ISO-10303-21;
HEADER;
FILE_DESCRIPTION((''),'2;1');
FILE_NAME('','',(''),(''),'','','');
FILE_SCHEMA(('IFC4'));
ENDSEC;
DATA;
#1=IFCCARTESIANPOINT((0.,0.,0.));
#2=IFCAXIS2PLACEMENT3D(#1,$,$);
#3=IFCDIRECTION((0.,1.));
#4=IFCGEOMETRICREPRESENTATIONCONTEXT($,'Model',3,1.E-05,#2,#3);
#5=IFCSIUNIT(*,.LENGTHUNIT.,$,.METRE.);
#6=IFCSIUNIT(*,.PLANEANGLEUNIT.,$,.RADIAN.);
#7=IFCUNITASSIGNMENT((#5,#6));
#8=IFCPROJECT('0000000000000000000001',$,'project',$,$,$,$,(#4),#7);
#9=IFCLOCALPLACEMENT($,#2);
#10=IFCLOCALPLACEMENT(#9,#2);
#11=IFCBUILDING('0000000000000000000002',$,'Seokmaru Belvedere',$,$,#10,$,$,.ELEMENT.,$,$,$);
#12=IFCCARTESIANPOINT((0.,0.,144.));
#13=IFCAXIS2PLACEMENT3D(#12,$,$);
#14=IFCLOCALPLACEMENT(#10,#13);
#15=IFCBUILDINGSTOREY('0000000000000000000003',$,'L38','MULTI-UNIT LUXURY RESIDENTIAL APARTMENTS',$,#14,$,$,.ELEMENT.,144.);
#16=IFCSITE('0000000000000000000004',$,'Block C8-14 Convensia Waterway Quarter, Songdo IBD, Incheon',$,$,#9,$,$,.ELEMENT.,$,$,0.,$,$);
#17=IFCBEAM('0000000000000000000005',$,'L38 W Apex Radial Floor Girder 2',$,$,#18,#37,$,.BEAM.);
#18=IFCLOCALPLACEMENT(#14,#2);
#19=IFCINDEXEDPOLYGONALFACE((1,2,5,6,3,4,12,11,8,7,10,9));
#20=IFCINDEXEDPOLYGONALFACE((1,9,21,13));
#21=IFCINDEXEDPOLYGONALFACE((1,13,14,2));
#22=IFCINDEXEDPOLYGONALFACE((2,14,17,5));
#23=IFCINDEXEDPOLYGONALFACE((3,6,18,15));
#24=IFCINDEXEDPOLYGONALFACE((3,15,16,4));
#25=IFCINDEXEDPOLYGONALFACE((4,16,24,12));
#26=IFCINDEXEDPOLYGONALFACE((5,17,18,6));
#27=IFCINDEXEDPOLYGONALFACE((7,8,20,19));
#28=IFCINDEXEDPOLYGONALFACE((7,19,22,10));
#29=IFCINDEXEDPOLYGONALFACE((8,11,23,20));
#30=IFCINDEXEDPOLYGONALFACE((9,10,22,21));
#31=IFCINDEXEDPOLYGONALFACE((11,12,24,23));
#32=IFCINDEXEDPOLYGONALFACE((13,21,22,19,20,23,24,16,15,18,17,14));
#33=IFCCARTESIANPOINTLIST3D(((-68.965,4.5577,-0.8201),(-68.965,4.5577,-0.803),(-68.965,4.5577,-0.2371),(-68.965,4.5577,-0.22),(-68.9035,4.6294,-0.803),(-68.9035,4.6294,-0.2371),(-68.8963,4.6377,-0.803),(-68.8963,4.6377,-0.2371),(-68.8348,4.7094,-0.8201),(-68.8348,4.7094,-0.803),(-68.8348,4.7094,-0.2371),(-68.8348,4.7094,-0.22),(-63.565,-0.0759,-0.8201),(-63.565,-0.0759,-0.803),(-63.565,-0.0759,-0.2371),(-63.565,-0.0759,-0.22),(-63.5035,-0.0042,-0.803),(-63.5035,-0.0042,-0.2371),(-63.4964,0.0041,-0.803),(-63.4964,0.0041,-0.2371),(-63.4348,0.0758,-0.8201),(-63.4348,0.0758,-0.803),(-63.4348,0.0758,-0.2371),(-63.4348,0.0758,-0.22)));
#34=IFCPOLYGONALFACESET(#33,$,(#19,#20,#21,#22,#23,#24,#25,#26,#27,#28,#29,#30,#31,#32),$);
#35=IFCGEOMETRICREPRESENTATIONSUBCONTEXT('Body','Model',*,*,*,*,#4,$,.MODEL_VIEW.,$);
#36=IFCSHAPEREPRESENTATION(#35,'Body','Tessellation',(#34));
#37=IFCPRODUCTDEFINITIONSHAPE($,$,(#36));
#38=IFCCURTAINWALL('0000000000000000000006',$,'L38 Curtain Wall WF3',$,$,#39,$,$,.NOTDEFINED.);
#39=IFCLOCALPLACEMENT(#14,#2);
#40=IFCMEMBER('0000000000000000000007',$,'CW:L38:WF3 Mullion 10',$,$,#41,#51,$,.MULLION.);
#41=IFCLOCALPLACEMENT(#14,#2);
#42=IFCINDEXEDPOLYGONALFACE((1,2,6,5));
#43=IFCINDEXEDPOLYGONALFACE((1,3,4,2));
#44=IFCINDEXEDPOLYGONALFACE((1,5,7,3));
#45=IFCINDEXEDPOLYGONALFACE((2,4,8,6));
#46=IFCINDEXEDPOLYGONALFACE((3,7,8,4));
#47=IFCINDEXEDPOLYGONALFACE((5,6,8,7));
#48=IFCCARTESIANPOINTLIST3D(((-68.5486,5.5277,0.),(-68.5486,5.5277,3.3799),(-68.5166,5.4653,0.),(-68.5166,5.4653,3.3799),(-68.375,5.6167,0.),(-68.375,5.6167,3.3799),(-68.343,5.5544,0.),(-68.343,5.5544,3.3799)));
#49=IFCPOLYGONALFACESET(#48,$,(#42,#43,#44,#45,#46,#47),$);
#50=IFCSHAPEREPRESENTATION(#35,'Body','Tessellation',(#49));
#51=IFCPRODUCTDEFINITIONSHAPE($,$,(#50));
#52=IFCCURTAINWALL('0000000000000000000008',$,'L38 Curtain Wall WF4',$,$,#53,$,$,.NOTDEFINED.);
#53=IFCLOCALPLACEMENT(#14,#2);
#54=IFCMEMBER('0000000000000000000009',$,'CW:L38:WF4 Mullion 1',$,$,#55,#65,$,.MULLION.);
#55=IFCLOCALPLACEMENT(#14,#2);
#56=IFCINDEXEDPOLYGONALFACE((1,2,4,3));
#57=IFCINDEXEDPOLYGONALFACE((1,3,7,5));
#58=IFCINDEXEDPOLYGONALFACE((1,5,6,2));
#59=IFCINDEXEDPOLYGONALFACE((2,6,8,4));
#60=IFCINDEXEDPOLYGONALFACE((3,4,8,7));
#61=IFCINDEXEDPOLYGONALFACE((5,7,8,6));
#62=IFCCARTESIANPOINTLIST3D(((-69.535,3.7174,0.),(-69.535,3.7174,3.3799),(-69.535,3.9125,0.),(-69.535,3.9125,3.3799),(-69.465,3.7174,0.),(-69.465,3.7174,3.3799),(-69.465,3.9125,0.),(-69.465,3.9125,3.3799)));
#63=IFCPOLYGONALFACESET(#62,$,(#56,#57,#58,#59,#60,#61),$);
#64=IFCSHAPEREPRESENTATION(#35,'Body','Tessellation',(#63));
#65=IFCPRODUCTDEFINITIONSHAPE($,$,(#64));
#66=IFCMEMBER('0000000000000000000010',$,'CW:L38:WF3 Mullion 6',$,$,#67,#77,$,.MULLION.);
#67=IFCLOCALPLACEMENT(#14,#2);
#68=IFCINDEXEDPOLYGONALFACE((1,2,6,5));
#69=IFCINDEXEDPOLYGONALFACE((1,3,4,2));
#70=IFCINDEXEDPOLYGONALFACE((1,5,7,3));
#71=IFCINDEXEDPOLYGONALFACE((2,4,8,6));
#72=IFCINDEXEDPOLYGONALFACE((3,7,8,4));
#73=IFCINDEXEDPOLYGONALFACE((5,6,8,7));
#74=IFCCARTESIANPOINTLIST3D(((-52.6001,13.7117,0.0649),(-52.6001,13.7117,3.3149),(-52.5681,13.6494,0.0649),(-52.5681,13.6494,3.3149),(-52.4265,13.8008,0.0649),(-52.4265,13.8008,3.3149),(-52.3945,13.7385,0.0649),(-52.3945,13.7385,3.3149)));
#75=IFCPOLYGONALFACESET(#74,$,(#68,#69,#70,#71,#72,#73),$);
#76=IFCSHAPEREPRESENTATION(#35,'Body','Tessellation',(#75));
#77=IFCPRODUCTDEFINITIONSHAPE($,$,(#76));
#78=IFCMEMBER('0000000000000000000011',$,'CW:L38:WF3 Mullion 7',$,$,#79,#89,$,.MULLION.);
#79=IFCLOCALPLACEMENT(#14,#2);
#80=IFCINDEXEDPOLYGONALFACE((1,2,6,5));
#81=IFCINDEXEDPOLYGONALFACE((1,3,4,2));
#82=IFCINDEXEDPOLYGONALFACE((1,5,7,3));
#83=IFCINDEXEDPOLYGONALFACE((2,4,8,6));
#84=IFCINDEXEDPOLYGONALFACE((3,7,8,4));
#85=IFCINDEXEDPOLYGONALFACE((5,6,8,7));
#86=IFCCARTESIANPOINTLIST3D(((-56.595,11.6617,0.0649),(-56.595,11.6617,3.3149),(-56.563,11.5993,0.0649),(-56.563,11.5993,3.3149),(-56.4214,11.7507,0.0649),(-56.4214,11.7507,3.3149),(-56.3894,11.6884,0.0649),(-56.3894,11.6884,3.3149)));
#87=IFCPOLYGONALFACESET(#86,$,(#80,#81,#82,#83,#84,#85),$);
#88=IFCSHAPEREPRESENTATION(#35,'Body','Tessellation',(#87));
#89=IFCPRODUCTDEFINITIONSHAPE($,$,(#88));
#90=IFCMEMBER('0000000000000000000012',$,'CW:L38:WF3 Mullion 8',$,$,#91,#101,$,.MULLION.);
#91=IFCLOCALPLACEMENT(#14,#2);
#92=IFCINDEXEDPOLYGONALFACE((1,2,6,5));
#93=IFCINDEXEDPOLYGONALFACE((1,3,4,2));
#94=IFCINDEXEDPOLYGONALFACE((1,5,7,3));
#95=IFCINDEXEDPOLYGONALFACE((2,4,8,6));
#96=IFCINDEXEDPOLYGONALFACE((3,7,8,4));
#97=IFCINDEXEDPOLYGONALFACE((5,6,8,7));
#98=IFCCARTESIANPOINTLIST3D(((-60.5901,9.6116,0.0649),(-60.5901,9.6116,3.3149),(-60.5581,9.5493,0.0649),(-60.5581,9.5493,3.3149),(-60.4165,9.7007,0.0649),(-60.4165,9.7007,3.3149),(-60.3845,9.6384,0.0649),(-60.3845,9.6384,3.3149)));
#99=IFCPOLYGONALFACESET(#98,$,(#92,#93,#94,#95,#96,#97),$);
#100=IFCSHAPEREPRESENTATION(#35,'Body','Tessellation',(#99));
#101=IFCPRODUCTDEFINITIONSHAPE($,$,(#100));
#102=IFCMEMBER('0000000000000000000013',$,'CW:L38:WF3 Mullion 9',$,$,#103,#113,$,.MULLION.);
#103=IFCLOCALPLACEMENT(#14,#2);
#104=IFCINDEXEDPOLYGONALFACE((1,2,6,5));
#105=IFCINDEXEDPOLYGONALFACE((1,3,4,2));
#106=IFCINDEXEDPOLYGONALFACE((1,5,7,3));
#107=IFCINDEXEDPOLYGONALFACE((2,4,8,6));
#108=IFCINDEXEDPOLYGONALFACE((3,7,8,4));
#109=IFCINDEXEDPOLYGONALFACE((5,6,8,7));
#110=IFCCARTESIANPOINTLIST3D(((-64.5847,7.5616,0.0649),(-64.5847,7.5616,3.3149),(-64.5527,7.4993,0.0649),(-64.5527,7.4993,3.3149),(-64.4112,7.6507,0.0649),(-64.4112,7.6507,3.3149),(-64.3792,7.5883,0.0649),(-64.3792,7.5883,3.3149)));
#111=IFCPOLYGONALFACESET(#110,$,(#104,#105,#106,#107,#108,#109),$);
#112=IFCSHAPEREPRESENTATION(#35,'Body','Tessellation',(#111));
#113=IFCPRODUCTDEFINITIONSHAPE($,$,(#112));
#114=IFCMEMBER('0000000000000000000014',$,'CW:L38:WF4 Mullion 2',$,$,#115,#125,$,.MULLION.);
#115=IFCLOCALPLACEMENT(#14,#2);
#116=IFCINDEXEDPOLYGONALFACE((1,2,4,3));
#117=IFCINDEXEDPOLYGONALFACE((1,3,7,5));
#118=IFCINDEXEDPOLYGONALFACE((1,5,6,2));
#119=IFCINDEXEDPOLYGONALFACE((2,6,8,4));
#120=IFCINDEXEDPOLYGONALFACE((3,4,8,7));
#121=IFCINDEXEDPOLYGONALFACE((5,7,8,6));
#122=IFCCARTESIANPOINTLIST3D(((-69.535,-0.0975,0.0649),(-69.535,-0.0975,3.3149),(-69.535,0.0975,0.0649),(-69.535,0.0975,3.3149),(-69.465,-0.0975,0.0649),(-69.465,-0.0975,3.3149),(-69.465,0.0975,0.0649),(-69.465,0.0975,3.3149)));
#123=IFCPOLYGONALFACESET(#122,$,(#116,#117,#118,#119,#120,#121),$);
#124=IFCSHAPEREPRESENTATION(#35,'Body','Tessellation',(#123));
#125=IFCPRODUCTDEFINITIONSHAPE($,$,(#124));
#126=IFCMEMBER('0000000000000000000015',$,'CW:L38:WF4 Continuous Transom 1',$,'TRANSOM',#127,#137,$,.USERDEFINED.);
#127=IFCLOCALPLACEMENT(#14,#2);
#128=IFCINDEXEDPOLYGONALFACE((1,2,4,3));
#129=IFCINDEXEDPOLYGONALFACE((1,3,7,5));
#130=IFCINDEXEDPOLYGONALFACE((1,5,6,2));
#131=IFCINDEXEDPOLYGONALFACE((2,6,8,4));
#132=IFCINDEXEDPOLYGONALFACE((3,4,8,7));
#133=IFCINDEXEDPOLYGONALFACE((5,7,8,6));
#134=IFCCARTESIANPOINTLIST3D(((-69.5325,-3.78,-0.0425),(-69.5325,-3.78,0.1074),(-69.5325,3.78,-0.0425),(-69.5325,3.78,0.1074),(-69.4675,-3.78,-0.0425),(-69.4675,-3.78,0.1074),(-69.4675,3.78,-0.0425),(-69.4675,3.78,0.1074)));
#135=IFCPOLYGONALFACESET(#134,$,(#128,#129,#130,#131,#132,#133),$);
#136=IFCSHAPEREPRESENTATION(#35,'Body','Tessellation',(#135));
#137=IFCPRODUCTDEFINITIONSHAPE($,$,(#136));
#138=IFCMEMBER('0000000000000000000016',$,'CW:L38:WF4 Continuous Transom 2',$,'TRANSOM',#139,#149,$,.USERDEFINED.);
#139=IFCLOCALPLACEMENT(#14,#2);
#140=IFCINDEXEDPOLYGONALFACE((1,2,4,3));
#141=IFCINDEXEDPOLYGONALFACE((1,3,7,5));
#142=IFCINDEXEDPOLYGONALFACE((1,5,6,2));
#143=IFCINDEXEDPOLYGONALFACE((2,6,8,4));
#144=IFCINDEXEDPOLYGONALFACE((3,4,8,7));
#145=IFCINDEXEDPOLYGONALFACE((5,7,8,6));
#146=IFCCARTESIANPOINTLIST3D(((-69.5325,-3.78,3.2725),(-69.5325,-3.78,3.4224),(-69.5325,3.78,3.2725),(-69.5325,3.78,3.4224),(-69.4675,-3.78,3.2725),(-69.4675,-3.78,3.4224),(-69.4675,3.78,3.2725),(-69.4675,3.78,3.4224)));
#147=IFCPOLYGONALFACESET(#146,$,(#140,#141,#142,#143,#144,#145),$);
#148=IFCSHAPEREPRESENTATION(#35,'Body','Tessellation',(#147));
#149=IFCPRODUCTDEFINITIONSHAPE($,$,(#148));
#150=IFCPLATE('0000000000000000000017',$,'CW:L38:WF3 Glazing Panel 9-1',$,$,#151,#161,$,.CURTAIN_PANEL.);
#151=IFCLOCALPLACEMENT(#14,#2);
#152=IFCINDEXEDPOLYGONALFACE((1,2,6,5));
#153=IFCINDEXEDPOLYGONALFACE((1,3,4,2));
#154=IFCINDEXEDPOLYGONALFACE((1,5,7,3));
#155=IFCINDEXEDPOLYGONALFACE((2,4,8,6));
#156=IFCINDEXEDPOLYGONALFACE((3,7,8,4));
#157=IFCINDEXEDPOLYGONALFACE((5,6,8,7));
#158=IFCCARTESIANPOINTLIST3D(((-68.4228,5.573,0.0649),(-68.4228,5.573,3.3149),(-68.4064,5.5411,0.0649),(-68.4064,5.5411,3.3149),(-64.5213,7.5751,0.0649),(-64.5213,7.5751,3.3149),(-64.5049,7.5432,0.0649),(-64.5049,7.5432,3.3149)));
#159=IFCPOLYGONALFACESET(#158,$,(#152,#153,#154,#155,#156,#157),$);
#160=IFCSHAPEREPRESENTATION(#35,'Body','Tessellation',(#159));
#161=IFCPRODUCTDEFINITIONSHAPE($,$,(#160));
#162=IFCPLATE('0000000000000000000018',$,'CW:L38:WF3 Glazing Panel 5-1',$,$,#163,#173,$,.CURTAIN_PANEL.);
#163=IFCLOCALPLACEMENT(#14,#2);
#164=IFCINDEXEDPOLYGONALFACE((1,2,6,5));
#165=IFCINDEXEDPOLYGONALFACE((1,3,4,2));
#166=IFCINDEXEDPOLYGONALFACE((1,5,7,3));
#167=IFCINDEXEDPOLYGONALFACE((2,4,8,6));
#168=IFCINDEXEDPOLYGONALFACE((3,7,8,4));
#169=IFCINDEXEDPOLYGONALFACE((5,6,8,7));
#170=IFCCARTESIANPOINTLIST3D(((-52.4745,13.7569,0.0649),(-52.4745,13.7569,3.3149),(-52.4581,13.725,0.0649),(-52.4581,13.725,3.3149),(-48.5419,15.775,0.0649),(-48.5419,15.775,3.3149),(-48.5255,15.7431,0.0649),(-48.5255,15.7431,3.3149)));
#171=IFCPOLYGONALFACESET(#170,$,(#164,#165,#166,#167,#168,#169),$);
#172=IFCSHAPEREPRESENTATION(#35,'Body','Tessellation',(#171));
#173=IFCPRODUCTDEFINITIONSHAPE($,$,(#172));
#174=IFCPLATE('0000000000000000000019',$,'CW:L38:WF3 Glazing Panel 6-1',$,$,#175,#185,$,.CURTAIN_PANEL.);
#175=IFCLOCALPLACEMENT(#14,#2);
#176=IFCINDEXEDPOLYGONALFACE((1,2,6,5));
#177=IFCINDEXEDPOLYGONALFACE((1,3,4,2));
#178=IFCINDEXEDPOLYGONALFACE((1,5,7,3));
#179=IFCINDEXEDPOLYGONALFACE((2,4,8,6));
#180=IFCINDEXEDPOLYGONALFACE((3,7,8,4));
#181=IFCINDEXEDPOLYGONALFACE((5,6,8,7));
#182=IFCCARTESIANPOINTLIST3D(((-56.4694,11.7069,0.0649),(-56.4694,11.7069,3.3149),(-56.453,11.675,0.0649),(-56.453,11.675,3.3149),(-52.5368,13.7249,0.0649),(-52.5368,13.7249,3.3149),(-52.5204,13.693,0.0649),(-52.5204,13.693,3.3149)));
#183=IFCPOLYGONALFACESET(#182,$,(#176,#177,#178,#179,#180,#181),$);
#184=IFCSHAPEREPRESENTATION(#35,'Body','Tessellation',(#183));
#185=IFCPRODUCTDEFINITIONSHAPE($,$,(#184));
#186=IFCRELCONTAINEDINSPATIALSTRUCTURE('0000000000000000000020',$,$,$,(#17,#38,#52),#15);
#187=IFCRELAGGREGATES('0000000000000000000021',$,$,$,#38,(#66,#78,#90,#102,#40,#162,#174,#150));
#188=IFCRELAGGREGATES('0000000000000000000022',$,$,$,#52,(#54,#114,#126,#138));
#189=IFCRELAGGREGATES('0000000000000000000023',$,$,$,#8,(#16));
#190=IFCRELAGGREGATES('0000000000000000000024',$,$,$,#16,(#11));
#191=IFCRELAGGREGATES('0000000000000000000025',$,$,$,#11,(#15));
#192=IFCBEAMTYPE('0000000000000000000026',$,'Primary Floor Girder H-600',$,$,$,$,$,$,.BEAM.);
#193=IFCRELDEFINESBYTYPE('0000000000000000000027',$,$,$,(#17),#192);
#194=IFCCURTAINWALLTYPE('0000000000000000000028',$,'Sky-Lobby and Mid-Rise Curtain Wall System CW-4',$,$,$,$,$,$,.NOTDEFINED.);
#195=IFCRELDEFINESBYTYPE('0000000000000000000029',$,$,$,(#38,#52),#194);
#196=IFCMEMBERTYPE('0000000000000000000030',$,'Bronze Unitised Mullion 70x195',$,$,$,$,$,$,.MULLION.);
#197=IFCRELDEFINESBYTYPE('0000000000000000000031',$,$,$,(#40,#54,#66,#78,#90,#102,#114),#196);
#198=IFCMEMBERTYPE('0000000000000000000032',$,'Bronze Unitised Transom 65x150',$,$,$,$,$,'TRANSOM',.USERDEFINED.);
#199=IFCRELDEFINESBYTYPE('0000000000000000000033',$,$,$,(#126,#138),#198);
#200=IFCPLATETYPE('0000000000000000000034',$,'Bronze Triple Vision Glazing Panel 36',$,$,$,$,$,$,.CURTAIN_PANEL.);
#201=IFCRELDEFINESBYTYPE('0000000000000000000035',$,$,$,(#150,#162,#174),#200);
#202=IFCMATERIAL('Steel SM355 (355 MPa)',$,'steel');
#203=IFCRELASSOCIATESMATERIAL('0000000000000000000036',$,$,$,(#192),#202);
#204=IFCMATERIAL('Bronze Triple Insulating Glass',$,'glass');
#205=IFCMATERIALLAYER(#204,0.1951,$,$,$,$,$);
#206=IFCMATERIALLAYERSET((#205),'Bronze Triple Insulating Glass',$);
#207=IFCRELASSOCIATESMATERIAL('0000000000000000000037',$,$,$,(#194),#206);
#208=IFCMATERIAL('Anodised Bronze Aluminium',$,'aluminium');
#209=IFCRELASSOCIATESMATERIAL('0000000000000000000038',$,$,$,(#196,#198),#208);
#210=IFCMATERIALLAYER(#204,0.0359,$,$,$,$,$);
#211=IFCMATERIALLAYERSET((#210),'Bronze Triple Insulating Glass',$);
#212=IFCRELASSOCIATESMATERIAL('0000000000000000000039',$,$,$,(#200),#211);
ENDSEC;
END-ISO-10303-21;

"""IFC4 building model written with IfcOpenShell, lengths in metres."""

from ifc_helpers import new_model, si_unit, direction, frame, origin, origin_2d, place, context, subcontext, project, spatial, rectangle, i_section, extrude, source, transform, mapped, material, layer, layer_set, material_profile, profile_set, type_object, type_shapes, element, aggregate, save


model = new_model("IFC4")

# Units and contexts
model_context = context("Model", 3, precision=1e-05, world=origin(), true_north=direction((0.0, 1.0)))
body_context = subcontext(model_context, "Body", "Model", "MODEL_VIEW")
ifc_project = project(units=[si_unit("LENGTHUNIT", "METRE"), si_unit("PLANEANGLEUNIT", "RADIAN")], contexts=[model_context])

# Site, building, storey
site_placement = place(None, origin())
site = spatial("IfcSite", under=ifc_project, at=site_placement, Name="Block C8-14 Convensia Waterway Quarter, Songdo IBD, Incheon", CompositionType="ELEMENT", RefElevation=0.0)
building_placement = place(site_placement, origin())
building = spatial("IfcBuilding", under=site, at=building_placement, Name="Seokmaru Belvedere", CompositionType="ELEMENT")
storey_placement = place(building_placement, frame((0.0, 0.0, 144.0)))
storey = spatial("IfcBuildingStorey", under=building, at=storey_placement, Name="L38", Description="MULTI-UNIT LUXURY RESIDENTIAL APARTMENTS", CompositionType="ELEMENT", Elevation=144.0)

# Shared definitions
ifc_material_1 = material(Name="Steel SM355 (355 MPa)", Category="steel")

# Beam
ifc_material_profile_1 = material_profile(ifc_material_1, i_section(OverallWidth=0.2, OverallDepth=0.6001, WebThickness=0.011, FlangeThickness=0.0171, at=origin_2d()), Name="H-600x200x11x17")
ifc_profile_set_1 = profile_set([ifc_material_profile_1], Name="Steel SM355 (355 MPa)")
beam_type_1 = type_object("IfcBeamType", Name="Primary Floor Girder H-600", PredefinedType="BEAM", material=ifc_profile_set_1)
shared_shape_1 = source(origin(), body_context, "Body", "SweptSolid", [
    extrude(i_section(OverallWidth=0.2, OverallDepth=0.6001, WebThickness=0.011, FlangeThickness=0.0171, at=origin_2d()), origin(), (0.0, 0.0, 1.0), 7.1155),
])
beam_1_placement = place(storey_placement, frame((-68.8999, 4.6335, -0.52), z_axis=(0.758905, -0.651201, 0.0), x_axis=(0.651201, 0.758905, 0.0)))
element("IfcBeam", 1, at=beam_1_placement, inside=storey, type_object=beam_type_1, Name="L38 W Apex Radial Floor Girder 2", PredefinedType="BEAM", context=body_context, shape_type="MappedRepresentation", body=[
    mapped(shared_shape_1, transform((0.0, 0.0, 0.0), scale=1.0)),
])

# Curtain walls, members
ifc_material_2 = material(Name="Bronze Triple Insulating Glass", Category="glass")
ifc_layer_1 = layer(ifc_material_2, 0.1951)
ifc_layer_set_1 = layer_set([ifc_layer_1], Name="Bronze Triple Insulating Glass")
curtain_wall_type = type_object("IfcCurtainWallType", Name="Sky-Lobby and Mid-Rise Curtain Wall System CW-4", PredefinedType="NOTDEFINED", material=ifc_layer_set_1)
curtain_wall_1_placement = place(storey_placement, origin())
curtain_wall_1 = element("IfcCurtainWall", 2, at=curtain_wall_1_placement, inside=storey, type_object=curtain_wall_type, Name="L38 Curtain Wall WF3", PredefinedType="NOTDEFINED")
ifc_material_3 = material(Name="Anodised Bronze Aluminium", Category="aluminium")
ifc_material_profile_2 = material_profile(ifc_material_3, rectangle(XDim=0.0701, YDim=0.1951, at=origin_2d()), Name="CW-M-70x195")
ifc_profile_set_2 = profile_set([ifc_material_profile_2], Name="Anodised Bronze Aluminium")
member_type_1 = type_object("IfcMemberType", Name="Bronze Unitised Mullion 70x195", PredefinedType="MULLION", material=ifc_profile_set_2)
shared_shape_2 = source(origin(), body_context, "Body", "SweptSolid", [
    extrude(rectangle(XDim=0.0701, YDim=0.1951, at=origin_2d()), origin(), (0.0, 0.0, 1.0), 3.3799),
])
member_1_placement = place(storey_placement, frame((-68.4458, 5.541, 0.0), z_axis=(0.0, 0.0, 1.0), x_axis=(0.456555, -0.889695, 0.0)))
member_1 = element("IfcMember", 3, at=member_1_placement, type_object=member_type_1, Name="CW:L38:WF3 Mullion 10", PredefinedType="MULLION", context=body_context, shape_type="MappedRepresentation", body=[
    mapped(shared_shape_2, transform((0.0, 0.0, 0.0), scale=1.0)),
])
curtain_wall_2_placement = place(storey_placement, origin())
curtain_wall_2 = element("IfcCurtainWall", 4, at=curtain_wall_2_placement, inside=storey, type_object=curtain_wall_type, Name="L38 Curtain Wall WF4", PredefinedType="NOTDEFINED")
member_2_placement = place(storey_placement, frame((-69.5, 3.8149, 0.0), z_axis=(0.0, 0.0, 1.0), x_axis=(1.0, 0.0, 0.0)))
member_2 = element("IfcMember", 5, at=member_2_placement, type_object=member_type_1, Name="CW:L38:WF4 Mullion 1", PredefinedType="MULLION", context=body_context, shape_type="MappedRepresentation", body=[
    mapped(shared_shape_2, transform((0.0, 0.0, 0.0), scale=1.0)),
])

# Members
shared_shape_3 = source(origin(), body_context, "Body", "SweptSolid", [
    extrude(rectangle(XDim=0.0701, YDim=0.1951, at=origin_2d()), origin(), (0.0, 0.0, 1.0), 3.25),
])
type_shapes(member_type_1, [shared_shape_2, shared_shape_3])
member_3_placement = place(storey_placement, frame((-52.4973, 13.7251, 0.0649), z_axis=(0.0, 0.0, 1.0), x_axis=(0.456555, -0.889695, 0.0)))
member_3 = element("IfcMember", 6, at=member_3_placement, type_object=member_type_1, Name="CW:L38:WF3 Mullion 6", PredefinedType="MULLION", context=body_context, shape_type="MappedRepresentation", body=[
    mapped(shared_shape_3, transform((0.0, 0.0, 0.0), scale=1.0)),
])
member_4_placement = place(storey_placement, frame((-56.4922, 11.675, 0.0649), z_axis=(0.0, 0.0, 1.0), x_axis=(0.456555, -0.889695, 0.0)))
member_4 = element("IfcMember", 7, at=member_4_placement, type_object=member_type_1, Name="CW:L38:WF3 Mullion 7", PredefinedType="MULLION", context=body_context, shape_type="MappedRepresentation", body=[
    mapped(shared_shape_3, transform((0.0, 0.0, 0.0), scale=1.0)),
])
member_5_placement = place(storey_placement, frame((-60.4873, 9.625, 0.0649), z_axis=(0.0, 0.0, 1.0), x_axis=(0.456555, -0.889695, 0.0)))
member_5 = element("IfcMember", 8, at=member_5_placement, type_object=member_type_1, Name="CW:L38:WF3 Mullion 8", PredefinedType="MULLION", context=body_context, shape_type="MappedRepresentation", body=[
    mapped(shared_shape_3, transform((0.0, 0.0, 0.0), scale=1.0)),
])
member_6_placement = place(storey_placement, frame((-64.4819, 7.575, 0.0649), z_axis=(0.0, 0.0, 1.0), x_axis=(0.456555, -0.889695, 0.0)))
member_6 = element("IfcMember", 9, at=member_6_placement, type_object=member_type_1, Name="CW:L38:WF3 Mullion 9", PredefinedType="MULLION", context=body_context, shape_type="MappedRepresentation", body=[
    mapped(shared_shape_3, transform((0.0, 0.0, 0.0), scale=1.0)),
])
member_7_placement = place(storey_placement, frame((-69.5, 0.0, 0.0649), z_axis=(0.0, 0.0, 1.0), x_axis=(1.0, 0.0, 0.0)))
member_7 = element("IfcMember", 10, at=member_7_placement, type_object=member_type_1, Name="CW:L38:WF4 Mullion 2", PredefinedType="MULLION", context=body_context, shape_type="MappedRepresentation", body=[
    mapped(shared_shape_3, transform((0.0, 0.0, 0.0), scale=1.0)),
])
ifc_material_profile_3 = material_profile(ifc_material_3, rectangle(XDim=0.0649, YDim=0.1499, at=origin_2d()), Name="CW-T-65x150")
ifc_profile_set_3 = profile_set([ifc_material_profile_3], Name="Anodised Bronze Aluminium")
member_type_2 = type_object("IfcMemberType", Name="Bronze Unitised Transom 65x150", ElementType="TRANSOM", PredefinedType="USERDEFINED", material=ifc_profile_set_3)
shared_shape_4 = source(origin(), body_context, "Body", "SweptSolid", [
    extrude(rectangle(XDim=0.0649, YDim=0.1499, at=origin_2d()), origin(), (0.0, 0.0, 1.0), 7.5601),
])
type_shapes(member_type_2, [shared_shape_4])
member_8_placement = place(storey_placement, frame((-69.5, 3.78, 0.0325), z_axis=(0.0, -1.0, 0.0), x_axis=(1.0, 0.0, 0.0)))
member_8 = element("IfcMember", 11, at=member_8_placement, type_object=member_type_2, Name="CW:L38:WF4 Continuous Transom 1", ObjectType="TRANSOM", PredefinedType="USERDEFINED", context=body_context, shape_type="MappedRepresentation", body=[
    mapped(shared_shape_4, transform((0.0, 0.0, 0.0), scale=1.0)),
])
member_9_placement = place(storey_placement, frame((-69.5, 3.78, 3.3474), z_axis=(0.0, -1.0, 0.0), x_axis=(1.0, 0.0, 0.0)))
member_9 = element("IfcMember", 12, at=member_9_placement, type_object=member_type_2, Name="CW:L38:WF4 Continuous Transom 2", ObjectType="TRANSOM", PredefinedType="USERDEFINED", context=body_context, shape_type="MappedRepresentation", body=[
    mapped(shared_shape_4, transform((0.0, 0.0, 0.0), scale=1.0)),
])

# Plates
ifc_layer_2 = layer(ifc_material_2, 0.0359)
ifc_layer_set_2 = layer_set([ifc_layer_2], Name="Bronze Triple Insulating Glass")
plate_type = type_object("IfcPlateType", Name="Bronze Triple Vision Glazing Panel 36", PredefinedType="CURTAIN_PANEL", material=ifc_layer_set_2)
shared_shape_5 = source(origin(), body_context, "Body", "SweptSolid", [
    extrude(rectangle(XDim=4.3853, YDim=0.0359, at=origin_2d()), origin(), (0.0, 0.0, 1.0), 3.25),
])
plate_1_placement = place(storey_placement, frame((-66.4639, 6.5581, 0.0649), z_axis=(0.0, 0.0, 1.0), x_axis=(-0.889695, -0.456555, 0.0)))
plate_1 = element("IfcPlate", 13, at=plate_1_placement, type_object=plate_type, Name="CW:L38:WF3 Glazing Panel 9-1", PredefinedType="CURTAIN_PANEL", context=body_context, shape_type="MappedRepresentation", body=[
    mapped(shared_shape_5, transform((0.0, 0.0, 0.0), scale=1.0)),
])
shared_shape_6 = source(origin(), body_context, "Body", "SweptSolid", [
    extrude(rectangle(XDim=4.4202, YDim=0.0359, at=origin_2d()), origin(), (0.0, 0.0, 1.0), 3.25),
])
plate_2_placement = place(storey_placement, frame((-50.5, 14.75, 0.0649), z_axis=(0.0, 0.0, 1.0), x_axis=(-0.889695, -0.456555, 0.0)))
plate_2 = element("IfcPlate", 14, at=plate_2_placement, type_object=plate_type, Name="CW:L38:WF3 Glazing Panel 5-1", PredefinedType="CURTAIN_PANEL", context=body_context, shape_type="MappedRepresentation", body=[
    mapped(shared_shape_6, transform((0.0, 0.0, 0.0), scale=1.0)),
])
plate_3_placement = place(storey_placement, frame((-54.4949, 12.7, 0.0649), z_axis=(0.0, 0.0, 1.0), x_axis=(-0.889695, -0.456555, 0.0)))
plate_3 = element("IfcPlate", 15, at=plate_3_placement, type_object=plate_type, Name="CW:L38:WF3 Glazing Panel 6-1", PredefinedType="CURTAIN_PANEL", context=body_context, shape_type="MappedRepresentation", body=[
    mapped(shared_shape_6, transform((0.0, 0.0, 0.0), scale=1.0)),
])
aggregate(curtain_wall_1, [member_3, member_4, member_5, member_6, member_1, plate_2, plate_3, plate_1])
aggregate(curtain_wall_2, [member_2, member_7, member_8, member_9])

save(model, "model.ifc")
